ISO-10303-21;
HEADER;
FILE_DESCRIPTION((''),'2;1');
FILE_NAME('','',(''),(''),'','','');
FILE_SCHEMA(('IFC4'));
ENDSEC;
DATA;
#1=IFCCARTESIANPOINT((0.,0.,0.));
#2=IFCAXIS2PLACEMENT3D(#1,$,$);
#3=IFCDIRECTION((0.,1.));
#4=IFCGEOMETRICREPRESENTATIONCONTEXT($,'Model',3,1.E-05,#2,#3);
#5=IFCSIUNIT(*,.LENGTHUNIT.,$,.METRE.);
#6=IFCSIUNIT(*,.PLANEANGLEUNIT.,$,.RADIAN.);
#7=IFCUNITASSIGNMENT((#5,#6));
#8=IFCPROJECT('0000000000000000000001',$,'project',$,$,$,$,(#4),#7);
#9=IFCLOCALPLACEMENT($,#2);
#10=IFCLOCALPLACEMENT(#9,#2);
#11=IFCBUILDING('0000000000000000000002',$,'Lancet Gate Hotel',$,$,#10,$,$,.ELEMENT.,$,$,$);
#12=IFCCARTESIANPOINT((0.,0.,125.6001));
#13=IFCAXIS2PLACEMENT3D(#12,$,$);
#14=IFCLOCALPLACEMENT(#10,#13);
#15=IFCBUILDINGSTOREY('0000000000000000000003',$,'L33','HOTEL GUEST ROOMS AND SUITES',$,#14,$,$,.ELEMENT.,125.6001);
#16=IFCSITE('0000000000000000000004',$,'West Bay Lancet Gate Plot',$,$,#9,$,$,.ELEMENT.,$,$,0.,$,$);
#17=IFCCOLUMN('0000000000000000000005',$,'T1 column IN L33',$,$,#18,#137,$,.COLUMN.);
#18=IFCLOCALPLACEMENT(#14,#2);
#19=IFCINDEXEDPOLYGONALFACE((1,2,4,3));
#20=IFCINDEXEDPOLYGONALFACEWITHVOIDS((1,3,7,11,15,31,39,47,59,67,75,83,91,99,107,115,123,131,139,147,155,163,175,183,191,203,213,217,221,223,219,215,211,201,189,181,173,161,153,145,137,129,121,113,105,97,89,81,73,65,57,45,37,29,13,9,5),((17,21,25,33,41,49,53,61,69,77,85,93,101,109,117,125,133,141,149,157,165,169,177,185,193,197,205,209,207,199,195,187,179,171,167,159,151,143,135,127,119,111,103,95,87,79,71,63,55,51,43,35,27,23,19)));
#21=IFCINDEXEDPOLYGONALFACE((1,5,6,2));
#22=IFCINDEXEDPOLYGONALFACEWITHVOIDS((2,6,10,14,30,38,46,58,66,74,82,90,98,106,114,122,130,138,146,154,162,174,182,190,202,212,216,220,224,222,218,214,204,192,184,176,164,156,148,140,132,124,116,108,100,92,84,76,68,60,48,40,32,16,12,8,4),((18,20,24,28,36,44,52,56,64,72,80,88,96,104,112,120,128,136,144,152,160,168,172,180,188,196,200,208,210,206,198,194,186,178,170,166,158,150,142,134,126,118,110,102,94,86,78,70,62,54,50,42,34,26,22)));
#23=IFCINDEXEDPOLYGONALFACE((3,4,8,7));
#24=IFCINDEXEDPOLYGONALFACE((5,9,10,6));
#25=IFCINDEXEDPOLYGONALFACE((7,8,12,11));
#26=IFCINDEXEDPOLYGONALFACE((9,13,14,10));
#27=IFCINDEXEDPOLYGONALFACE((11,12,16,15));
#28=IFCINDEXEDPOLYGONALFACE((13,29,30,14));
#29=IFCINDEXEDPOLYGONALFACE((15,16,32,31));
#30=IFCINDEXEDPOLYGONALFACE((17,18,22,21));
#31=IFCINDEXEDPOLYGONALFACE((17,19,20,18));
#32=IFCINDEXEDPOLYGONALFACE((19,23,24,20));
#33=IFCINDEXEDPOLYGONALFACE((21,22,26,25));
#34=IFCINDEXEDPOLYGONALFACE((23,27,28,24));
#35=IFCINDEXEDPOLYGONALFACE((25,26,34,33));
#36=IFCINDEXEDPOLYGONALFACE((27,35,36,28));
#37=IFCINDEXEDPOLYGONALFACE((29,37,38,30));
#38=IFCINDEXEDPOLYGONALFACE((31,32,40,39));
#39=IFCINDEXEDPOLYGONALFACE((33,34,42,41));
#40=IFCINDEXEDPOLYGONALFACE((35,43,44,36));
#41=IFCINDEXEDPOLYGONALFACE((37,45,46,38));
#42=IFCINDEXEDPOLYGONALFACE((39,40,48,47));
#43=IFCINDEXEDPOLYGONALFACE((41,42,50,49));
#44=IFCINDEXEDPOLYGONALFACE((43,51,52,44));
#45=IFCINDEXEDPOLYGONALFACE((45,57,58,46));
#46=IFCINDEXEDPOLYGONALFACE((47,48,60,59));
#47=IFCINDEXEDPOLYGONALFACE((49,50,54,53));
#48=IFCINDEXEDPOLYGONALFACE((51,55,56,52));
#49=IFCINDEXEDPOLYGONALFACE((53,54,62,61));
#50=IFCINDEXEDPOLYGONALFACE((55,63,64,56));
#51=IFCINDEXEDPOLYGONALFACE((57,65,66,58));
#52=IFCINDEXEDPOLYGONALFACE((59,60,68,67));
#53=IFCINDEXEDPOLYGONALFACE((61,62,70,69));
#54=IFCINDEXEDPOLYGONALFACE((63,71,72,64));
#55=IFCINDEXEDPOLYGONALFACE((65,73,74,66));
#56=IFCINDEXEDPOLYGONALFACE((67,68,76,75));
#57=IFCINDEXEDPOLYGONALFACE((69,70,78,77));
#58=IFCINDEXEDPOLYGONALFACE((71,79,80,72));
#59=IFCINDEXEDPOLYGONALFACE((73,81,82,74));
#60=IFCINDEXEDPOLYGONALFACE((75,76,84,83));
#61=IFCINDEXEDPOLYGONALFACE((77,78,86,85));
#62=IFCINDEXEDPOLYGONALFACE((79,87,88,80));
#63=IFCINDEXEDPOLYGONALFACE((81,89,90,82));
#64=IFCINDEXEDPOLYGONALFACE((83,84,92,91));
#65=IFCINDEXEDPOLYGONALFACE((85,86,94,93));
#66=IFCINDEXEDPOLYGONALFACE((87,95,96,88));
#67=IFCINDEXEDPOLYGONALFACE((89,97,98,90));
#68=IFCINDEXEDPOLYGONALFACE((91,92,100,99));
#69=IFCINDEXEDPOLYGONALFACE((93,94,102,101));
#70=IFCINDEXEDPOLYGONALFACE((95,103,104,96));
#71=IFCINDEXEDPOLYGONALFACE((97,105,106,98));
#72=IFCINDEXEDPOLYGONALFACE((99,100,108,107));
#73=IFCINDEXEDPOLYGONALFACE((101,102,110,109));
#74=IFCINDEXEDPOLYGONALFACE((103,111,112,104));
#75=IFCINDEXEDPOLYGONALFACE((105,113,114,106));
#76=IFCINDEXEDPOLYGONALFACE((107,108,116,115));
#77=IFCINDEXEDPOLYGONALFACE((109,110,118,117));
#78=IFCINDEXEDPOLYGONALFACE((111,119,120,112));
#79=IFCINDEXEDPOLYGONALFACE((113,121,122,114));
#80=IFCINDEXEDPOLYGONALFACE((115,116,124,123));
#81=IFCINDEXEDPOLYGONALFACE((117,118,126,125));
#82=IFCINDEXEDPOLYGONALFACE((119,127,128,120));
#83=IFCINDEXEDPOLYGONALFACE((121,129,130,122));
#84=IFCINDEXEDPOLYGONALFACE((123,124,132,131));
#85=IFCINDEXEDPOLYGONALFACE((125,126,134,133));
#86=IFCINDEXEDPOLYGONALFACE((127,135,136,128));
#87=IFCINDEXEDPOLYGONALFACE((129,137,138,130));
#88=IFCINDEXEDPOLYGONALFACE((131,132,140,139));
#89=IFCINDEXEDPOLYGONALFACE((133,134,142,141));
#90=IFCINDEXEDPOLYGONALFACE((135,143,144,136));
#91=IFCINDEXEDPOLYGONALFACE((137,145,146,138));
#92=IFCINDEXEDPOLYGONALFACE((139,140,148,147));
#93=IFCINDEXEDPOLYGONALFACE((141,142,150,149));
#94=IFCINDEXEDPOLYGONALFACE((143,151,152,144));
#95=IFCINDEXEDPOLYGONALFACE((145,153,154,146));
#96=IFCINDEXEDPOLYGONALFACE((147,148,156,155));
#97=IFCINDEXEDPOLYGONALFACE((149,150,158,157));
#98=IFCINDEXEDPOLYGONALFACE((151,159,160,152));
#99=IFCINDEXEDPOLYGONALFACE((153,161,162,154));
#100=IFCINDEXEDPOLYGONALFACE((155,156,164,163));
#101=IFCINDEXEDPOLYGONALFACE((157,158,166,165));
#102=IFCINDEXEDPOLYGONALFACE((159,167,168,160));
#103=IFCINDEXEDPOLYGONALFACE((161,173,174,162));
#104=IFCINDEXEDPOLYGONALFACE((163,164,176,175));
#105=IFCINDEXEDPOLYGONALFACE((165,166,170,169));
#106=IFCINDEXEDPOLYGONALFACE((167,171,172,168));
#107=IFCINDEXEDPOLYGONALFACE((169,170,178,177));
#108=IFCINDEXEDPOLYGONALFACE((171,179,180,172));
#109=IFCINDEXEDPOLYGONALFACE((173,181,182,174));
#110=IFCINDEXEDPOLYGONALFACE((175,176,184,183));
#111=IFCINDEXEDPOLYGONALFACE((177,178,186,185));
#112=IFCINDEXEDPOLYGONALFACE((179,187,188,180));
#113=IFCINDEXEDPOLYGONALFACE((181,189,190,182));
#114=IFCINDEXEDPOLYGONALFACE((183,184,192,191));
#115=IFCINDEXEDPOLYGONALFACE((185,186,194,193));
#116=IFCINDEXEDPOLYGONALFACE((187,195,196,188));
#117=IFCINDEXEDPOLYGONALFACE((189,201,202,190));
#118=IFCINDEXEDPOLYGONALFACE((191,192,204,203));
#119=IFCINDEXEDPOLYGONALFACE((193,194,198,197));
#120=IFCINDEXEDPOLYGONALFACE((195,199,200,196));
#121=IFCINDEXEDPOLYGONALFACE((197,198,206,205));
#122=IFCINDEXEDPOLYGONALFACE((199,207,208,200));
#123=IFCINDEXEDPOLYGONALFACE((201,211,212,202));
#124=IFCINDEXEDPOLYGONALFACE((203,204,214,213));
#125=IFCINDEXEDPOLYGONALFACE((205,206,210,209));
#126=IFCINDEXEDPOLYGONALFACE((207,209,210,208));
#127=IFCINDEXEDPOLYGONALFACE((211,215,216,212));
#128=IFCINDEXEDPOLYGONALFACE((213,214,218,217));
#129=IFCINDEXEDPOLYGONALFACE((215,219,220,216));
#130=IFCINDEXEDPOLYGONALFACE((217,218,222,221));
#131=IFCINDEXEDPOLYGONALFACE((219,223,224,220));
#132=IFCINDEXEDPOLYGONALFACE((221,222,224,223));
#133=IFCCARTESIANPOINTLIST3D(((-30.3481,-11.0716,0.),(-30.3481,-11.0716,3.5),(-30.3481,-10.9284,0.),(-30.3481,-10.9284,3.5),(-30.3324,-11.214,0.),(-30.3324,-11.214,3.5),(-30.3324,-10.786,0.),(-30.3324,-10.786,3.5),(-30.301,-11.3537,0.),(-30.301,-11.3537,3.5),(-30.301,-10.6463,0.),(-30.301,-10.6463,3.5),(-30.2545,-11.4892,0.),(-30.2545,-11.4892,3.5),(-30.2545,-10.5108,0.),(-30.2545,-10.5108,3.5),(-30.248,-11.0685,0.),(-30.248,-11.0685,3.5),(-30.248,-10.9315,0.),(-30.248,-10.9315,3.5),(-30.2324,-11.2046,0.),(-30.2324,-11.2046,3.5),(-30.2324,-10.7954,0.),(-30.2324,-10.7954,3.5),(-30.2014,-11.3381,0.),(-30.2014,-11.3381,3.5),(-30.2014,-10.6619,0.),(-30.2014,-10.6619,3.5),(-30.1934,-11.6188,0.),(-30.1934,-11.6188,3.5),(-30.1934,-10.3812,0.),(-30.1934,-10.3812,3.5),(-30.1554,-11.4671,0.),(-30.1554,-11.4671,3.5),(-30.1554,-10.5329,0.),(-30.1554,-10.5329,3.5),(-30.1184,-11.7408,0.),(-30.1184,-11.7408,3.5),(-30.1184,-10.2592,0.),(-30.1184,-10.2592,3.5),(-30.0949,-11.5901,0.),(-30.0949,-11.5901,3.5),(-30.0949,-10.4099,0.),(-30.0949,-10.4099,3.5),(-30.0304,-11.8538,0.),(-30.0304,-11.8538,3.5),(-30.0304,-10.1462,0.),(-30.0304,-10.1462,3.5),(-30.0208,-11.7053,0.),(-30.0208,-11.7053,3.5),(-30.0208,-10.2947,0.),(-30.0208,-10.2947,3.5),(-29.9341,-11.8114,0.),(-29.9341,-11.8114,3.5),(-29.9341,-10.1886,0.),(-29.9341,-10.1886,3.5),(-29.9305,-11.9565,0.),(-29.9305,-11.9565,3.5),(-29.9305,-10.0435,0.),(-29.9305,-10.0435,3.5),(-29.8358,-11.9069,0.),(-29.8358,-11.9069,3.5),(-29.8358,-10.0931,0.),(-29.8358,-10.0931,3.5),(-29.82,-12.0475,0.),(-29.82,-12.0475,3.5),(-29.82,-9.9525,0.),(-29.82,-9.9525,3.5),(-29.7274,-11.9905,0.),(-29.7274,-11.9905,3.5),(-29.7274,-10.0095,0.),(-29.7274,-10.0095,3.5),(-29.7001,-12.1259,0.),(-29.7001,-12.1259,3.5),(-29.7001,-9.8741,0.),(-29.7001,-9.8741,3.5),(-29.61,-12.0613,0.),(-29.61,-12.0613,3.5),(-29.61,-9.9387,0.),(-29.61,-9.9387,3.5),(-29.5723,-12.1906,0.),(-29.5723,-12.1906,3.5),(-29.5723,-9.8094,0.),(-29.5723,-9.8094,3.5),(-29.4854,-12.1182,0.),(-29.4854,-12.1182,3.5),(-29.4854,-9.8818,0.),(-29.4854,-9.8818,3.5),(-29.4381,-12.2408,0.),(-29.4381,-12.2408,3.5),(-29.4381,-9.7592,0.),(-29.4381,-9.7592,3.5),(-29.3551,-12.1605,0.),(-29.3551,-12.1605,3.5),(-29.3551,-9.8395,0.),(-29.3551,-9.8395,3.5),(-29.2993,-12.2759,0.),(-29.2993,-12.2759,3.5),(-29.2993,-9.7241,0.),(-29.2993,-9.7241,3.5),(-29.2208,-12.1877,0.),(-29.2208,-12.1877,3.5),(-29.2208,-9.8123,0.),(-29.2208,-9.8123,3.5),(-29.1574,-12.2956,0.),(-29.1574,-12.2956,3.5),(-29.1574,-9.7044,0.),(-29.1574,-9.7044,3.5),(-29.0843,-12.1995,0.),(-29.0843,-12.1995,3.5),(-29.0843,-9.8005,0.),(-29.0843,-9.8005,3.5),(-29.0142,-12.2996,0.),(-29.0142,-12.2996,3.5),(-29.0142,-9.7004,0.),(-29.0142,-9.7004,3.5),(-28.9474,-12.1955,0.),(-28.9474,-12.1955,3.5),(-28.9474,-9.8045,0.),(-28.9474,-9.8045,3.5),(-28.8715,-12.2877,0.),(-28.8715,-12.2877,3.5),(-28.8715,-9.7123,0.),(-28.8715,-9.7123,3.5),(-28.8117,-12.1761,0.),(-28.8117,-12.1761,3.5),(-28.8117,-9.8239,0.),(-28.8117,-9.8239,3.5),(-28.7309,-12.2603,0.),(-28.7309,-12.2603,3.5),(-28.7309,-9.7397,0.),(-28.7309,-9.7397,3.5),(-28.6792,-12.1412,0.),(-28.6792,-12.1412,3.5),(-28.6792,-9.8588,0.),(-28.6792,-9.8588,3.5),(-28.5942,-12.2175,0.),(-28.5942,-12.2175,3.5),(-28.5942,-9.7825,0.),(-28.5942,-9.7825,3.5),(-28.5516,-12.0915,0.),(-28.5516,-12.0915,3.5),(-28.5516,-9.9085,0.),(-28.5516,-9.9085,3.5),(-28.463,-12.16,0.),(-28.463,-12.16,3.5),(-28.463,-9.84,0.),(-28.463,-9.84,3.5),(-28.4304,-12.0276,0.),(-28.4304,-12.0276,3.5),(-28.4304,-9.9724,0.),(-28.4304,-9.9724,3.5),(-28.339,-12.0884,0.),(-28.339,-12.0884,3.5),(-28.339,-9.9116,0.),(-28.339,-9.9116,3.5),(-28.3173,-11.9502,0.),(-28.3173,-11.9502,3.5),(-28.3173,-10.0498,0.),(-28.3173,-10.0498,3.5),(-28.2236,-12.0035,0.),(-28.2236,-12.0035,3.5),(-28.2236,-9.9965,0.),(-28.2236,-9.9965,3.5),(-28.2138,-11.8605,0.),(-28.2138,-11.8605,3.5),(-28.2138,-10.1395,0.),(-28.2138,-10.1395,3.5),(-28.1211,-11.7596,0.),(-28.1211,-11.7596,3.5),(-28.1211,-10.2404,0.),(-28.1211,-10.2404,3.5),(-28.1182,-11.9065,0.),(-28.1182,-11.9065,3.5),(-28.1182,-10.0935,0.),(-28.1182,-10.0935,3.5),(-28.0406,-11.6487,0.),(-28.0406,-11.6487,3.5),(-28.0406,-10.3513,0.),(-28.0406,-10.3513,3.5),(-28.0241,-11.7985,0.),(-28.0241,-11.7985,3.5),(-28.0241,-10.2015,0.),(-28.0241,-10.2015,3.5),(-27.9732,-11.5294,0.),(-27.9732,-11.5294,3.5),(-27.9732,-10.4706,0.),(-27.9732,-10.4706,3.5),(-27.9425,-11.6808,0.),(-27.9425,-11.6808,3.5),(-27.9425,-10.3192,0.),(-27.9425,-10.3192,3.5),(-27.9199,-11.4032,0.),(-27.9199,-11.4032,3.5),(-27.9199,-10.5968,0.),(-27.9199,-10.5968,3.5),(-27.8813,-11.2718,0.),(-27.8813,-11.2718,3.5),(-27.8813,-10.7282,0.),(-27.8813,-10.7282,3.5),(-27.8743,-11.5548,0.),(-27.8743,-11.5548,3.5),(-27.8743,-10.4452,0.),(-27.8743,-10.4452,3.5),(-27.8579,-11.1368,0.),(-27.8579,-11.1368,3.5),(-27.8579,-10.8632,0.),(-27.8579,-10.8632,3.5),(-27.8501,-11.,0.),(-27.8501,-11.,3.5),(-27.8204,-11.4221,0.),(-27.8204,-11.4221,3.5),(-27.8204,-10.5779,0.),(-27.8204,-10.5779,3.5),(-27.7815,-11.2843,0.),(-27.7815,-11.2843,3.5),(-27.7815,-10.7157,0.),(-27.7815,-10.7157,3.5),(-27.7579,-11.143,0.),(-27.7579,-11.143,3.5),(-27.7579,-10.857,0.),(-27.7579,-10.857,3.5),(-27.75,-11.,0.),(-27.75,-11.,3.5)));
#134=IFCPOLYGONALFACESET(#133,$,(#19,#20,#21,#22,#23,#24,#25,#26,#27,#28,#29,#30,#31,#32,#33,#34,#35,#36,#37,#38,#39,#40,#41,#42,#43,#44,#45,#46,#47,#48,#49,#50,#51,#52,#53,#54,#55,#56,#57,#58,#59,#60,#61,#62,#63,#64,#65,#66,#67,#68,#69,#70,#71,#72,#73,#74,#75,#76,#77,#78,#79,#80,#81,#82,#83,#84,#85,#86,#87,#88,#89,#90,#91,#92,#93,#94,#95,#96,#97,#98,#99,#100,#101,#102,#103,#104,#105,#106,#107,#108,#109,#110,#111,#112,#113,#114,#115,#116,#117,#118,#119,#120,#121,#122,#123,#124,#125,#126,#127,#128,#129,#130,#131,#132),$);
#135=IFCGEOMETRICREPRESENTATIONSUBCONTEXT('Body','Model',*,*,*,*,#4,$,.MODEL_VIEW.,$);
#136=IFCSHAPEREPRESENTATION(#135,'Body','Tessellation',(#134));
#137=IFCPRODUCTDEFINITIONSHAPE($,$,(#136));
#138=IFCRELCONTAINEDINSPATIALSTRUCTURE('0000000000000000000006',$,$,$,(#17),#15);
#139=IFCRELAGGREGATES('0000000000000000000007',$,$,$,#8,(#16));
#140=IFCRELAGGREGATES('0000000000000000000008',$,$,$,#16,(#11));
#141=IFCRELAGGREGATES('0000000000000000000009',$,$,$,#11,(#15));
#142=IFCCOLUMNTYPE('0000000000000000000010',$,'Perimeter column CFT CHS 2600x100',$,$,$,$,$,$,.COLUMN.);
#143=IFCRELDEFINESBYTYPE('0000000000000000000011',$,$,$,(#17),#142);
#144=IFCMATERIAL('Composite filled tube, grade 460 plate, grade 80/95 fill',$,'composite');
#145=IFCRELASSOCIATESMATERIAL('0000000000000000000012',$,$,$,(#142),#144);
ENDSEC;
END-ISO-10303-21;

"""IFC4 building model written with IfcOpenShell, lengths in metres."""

from ifc_helpers import new_model, si_unit, direction, frame, origin, origin_2d, place, context, subcontext, project, spatial, hollow_circle, extrude, material, material_profile, profile_set, type_object, element, save


model = new_model("IFC4")

# Units and contexts
model_context = context("Model", 3, precision=1e-05, world=origin(), true_north=direction((0.0, 1.0)))
body_context = subcontext(model_context, "Body", "Model", "MODEL_VIEW")
ifc_project = project(units=[si_unit("LENGTHUNIT", "METRE"), si_unit("PLANEANGLEUNIT", "RADIAN")], contexts=[model_context])

# Site, building, storey
site_placement = place(None, origin())
site = spatial("IfcSite", under=ifc_project, at=site_placement, Name="West Bay Lancet Gate Plot", CompositionType="ELEMENT", RefElevation=0.0)
building_placement = place(site_placement, origin())
building = spatial("IfcBuilding", under=site, at=building_placement, Name="Lancet Gate Hotel", CompositionType="ELEMENT")
storey_placement = place(building_placement, frame((0.0, 0.0, 125.6001)))
storey = spatial("IfcBuildingStorey", under=building, at=storey_placement, Name="L33", Description="HOTEL GUEST ROOMS AND SUITES", CompositionType="ELEMENT", Elevation=125.6001)

# Column
ifc_material_1 = material(Name="Composite filled tube, grade 460 plate, grade 80/95 fill", Category="composite")
ifc_material_profile_1 = material_profile(ifc_material_1, hollow_circle(Radius=1.3, WallThickness=0.1001, at=origin_2d()), Name="CHS 2600x100")
ifc_profile_set_1 = profile_set([ifc_material_profile_1], Name="Composite filled tube, grade 460 plate, grade 80/95 fill")
column_type = type_object("IfcColumnType", Name="Perimeter column CFT CHS 2600x100", PredefinedType="COLUMN", material=ifc_profile_set_1)
for number, where, z_axis, x_axis, name in (
    (1, (-29.05, -11.0, 0.0), (0.0, 0.0, 1.0), (1.0, 0.0, 0.0), "T1 column IN L33"),
):
    element("IfcColumn", number, at=place(storey_placement, frame(where, z_axis=z_axis, x_axis=x_axis)), inside=storey, type_object=column_type, Name=name, PredefinedType="COLUMN", context=body_context, shape_type="SweptSolid", body=[
        extrude(hollow_circle(Radius=1.3, WallThickness=0.1001, at=origin_2d()), origin(), (0.0, 0.0, 1.0), 3.5),
    ])

save(model, "model.ifc")
